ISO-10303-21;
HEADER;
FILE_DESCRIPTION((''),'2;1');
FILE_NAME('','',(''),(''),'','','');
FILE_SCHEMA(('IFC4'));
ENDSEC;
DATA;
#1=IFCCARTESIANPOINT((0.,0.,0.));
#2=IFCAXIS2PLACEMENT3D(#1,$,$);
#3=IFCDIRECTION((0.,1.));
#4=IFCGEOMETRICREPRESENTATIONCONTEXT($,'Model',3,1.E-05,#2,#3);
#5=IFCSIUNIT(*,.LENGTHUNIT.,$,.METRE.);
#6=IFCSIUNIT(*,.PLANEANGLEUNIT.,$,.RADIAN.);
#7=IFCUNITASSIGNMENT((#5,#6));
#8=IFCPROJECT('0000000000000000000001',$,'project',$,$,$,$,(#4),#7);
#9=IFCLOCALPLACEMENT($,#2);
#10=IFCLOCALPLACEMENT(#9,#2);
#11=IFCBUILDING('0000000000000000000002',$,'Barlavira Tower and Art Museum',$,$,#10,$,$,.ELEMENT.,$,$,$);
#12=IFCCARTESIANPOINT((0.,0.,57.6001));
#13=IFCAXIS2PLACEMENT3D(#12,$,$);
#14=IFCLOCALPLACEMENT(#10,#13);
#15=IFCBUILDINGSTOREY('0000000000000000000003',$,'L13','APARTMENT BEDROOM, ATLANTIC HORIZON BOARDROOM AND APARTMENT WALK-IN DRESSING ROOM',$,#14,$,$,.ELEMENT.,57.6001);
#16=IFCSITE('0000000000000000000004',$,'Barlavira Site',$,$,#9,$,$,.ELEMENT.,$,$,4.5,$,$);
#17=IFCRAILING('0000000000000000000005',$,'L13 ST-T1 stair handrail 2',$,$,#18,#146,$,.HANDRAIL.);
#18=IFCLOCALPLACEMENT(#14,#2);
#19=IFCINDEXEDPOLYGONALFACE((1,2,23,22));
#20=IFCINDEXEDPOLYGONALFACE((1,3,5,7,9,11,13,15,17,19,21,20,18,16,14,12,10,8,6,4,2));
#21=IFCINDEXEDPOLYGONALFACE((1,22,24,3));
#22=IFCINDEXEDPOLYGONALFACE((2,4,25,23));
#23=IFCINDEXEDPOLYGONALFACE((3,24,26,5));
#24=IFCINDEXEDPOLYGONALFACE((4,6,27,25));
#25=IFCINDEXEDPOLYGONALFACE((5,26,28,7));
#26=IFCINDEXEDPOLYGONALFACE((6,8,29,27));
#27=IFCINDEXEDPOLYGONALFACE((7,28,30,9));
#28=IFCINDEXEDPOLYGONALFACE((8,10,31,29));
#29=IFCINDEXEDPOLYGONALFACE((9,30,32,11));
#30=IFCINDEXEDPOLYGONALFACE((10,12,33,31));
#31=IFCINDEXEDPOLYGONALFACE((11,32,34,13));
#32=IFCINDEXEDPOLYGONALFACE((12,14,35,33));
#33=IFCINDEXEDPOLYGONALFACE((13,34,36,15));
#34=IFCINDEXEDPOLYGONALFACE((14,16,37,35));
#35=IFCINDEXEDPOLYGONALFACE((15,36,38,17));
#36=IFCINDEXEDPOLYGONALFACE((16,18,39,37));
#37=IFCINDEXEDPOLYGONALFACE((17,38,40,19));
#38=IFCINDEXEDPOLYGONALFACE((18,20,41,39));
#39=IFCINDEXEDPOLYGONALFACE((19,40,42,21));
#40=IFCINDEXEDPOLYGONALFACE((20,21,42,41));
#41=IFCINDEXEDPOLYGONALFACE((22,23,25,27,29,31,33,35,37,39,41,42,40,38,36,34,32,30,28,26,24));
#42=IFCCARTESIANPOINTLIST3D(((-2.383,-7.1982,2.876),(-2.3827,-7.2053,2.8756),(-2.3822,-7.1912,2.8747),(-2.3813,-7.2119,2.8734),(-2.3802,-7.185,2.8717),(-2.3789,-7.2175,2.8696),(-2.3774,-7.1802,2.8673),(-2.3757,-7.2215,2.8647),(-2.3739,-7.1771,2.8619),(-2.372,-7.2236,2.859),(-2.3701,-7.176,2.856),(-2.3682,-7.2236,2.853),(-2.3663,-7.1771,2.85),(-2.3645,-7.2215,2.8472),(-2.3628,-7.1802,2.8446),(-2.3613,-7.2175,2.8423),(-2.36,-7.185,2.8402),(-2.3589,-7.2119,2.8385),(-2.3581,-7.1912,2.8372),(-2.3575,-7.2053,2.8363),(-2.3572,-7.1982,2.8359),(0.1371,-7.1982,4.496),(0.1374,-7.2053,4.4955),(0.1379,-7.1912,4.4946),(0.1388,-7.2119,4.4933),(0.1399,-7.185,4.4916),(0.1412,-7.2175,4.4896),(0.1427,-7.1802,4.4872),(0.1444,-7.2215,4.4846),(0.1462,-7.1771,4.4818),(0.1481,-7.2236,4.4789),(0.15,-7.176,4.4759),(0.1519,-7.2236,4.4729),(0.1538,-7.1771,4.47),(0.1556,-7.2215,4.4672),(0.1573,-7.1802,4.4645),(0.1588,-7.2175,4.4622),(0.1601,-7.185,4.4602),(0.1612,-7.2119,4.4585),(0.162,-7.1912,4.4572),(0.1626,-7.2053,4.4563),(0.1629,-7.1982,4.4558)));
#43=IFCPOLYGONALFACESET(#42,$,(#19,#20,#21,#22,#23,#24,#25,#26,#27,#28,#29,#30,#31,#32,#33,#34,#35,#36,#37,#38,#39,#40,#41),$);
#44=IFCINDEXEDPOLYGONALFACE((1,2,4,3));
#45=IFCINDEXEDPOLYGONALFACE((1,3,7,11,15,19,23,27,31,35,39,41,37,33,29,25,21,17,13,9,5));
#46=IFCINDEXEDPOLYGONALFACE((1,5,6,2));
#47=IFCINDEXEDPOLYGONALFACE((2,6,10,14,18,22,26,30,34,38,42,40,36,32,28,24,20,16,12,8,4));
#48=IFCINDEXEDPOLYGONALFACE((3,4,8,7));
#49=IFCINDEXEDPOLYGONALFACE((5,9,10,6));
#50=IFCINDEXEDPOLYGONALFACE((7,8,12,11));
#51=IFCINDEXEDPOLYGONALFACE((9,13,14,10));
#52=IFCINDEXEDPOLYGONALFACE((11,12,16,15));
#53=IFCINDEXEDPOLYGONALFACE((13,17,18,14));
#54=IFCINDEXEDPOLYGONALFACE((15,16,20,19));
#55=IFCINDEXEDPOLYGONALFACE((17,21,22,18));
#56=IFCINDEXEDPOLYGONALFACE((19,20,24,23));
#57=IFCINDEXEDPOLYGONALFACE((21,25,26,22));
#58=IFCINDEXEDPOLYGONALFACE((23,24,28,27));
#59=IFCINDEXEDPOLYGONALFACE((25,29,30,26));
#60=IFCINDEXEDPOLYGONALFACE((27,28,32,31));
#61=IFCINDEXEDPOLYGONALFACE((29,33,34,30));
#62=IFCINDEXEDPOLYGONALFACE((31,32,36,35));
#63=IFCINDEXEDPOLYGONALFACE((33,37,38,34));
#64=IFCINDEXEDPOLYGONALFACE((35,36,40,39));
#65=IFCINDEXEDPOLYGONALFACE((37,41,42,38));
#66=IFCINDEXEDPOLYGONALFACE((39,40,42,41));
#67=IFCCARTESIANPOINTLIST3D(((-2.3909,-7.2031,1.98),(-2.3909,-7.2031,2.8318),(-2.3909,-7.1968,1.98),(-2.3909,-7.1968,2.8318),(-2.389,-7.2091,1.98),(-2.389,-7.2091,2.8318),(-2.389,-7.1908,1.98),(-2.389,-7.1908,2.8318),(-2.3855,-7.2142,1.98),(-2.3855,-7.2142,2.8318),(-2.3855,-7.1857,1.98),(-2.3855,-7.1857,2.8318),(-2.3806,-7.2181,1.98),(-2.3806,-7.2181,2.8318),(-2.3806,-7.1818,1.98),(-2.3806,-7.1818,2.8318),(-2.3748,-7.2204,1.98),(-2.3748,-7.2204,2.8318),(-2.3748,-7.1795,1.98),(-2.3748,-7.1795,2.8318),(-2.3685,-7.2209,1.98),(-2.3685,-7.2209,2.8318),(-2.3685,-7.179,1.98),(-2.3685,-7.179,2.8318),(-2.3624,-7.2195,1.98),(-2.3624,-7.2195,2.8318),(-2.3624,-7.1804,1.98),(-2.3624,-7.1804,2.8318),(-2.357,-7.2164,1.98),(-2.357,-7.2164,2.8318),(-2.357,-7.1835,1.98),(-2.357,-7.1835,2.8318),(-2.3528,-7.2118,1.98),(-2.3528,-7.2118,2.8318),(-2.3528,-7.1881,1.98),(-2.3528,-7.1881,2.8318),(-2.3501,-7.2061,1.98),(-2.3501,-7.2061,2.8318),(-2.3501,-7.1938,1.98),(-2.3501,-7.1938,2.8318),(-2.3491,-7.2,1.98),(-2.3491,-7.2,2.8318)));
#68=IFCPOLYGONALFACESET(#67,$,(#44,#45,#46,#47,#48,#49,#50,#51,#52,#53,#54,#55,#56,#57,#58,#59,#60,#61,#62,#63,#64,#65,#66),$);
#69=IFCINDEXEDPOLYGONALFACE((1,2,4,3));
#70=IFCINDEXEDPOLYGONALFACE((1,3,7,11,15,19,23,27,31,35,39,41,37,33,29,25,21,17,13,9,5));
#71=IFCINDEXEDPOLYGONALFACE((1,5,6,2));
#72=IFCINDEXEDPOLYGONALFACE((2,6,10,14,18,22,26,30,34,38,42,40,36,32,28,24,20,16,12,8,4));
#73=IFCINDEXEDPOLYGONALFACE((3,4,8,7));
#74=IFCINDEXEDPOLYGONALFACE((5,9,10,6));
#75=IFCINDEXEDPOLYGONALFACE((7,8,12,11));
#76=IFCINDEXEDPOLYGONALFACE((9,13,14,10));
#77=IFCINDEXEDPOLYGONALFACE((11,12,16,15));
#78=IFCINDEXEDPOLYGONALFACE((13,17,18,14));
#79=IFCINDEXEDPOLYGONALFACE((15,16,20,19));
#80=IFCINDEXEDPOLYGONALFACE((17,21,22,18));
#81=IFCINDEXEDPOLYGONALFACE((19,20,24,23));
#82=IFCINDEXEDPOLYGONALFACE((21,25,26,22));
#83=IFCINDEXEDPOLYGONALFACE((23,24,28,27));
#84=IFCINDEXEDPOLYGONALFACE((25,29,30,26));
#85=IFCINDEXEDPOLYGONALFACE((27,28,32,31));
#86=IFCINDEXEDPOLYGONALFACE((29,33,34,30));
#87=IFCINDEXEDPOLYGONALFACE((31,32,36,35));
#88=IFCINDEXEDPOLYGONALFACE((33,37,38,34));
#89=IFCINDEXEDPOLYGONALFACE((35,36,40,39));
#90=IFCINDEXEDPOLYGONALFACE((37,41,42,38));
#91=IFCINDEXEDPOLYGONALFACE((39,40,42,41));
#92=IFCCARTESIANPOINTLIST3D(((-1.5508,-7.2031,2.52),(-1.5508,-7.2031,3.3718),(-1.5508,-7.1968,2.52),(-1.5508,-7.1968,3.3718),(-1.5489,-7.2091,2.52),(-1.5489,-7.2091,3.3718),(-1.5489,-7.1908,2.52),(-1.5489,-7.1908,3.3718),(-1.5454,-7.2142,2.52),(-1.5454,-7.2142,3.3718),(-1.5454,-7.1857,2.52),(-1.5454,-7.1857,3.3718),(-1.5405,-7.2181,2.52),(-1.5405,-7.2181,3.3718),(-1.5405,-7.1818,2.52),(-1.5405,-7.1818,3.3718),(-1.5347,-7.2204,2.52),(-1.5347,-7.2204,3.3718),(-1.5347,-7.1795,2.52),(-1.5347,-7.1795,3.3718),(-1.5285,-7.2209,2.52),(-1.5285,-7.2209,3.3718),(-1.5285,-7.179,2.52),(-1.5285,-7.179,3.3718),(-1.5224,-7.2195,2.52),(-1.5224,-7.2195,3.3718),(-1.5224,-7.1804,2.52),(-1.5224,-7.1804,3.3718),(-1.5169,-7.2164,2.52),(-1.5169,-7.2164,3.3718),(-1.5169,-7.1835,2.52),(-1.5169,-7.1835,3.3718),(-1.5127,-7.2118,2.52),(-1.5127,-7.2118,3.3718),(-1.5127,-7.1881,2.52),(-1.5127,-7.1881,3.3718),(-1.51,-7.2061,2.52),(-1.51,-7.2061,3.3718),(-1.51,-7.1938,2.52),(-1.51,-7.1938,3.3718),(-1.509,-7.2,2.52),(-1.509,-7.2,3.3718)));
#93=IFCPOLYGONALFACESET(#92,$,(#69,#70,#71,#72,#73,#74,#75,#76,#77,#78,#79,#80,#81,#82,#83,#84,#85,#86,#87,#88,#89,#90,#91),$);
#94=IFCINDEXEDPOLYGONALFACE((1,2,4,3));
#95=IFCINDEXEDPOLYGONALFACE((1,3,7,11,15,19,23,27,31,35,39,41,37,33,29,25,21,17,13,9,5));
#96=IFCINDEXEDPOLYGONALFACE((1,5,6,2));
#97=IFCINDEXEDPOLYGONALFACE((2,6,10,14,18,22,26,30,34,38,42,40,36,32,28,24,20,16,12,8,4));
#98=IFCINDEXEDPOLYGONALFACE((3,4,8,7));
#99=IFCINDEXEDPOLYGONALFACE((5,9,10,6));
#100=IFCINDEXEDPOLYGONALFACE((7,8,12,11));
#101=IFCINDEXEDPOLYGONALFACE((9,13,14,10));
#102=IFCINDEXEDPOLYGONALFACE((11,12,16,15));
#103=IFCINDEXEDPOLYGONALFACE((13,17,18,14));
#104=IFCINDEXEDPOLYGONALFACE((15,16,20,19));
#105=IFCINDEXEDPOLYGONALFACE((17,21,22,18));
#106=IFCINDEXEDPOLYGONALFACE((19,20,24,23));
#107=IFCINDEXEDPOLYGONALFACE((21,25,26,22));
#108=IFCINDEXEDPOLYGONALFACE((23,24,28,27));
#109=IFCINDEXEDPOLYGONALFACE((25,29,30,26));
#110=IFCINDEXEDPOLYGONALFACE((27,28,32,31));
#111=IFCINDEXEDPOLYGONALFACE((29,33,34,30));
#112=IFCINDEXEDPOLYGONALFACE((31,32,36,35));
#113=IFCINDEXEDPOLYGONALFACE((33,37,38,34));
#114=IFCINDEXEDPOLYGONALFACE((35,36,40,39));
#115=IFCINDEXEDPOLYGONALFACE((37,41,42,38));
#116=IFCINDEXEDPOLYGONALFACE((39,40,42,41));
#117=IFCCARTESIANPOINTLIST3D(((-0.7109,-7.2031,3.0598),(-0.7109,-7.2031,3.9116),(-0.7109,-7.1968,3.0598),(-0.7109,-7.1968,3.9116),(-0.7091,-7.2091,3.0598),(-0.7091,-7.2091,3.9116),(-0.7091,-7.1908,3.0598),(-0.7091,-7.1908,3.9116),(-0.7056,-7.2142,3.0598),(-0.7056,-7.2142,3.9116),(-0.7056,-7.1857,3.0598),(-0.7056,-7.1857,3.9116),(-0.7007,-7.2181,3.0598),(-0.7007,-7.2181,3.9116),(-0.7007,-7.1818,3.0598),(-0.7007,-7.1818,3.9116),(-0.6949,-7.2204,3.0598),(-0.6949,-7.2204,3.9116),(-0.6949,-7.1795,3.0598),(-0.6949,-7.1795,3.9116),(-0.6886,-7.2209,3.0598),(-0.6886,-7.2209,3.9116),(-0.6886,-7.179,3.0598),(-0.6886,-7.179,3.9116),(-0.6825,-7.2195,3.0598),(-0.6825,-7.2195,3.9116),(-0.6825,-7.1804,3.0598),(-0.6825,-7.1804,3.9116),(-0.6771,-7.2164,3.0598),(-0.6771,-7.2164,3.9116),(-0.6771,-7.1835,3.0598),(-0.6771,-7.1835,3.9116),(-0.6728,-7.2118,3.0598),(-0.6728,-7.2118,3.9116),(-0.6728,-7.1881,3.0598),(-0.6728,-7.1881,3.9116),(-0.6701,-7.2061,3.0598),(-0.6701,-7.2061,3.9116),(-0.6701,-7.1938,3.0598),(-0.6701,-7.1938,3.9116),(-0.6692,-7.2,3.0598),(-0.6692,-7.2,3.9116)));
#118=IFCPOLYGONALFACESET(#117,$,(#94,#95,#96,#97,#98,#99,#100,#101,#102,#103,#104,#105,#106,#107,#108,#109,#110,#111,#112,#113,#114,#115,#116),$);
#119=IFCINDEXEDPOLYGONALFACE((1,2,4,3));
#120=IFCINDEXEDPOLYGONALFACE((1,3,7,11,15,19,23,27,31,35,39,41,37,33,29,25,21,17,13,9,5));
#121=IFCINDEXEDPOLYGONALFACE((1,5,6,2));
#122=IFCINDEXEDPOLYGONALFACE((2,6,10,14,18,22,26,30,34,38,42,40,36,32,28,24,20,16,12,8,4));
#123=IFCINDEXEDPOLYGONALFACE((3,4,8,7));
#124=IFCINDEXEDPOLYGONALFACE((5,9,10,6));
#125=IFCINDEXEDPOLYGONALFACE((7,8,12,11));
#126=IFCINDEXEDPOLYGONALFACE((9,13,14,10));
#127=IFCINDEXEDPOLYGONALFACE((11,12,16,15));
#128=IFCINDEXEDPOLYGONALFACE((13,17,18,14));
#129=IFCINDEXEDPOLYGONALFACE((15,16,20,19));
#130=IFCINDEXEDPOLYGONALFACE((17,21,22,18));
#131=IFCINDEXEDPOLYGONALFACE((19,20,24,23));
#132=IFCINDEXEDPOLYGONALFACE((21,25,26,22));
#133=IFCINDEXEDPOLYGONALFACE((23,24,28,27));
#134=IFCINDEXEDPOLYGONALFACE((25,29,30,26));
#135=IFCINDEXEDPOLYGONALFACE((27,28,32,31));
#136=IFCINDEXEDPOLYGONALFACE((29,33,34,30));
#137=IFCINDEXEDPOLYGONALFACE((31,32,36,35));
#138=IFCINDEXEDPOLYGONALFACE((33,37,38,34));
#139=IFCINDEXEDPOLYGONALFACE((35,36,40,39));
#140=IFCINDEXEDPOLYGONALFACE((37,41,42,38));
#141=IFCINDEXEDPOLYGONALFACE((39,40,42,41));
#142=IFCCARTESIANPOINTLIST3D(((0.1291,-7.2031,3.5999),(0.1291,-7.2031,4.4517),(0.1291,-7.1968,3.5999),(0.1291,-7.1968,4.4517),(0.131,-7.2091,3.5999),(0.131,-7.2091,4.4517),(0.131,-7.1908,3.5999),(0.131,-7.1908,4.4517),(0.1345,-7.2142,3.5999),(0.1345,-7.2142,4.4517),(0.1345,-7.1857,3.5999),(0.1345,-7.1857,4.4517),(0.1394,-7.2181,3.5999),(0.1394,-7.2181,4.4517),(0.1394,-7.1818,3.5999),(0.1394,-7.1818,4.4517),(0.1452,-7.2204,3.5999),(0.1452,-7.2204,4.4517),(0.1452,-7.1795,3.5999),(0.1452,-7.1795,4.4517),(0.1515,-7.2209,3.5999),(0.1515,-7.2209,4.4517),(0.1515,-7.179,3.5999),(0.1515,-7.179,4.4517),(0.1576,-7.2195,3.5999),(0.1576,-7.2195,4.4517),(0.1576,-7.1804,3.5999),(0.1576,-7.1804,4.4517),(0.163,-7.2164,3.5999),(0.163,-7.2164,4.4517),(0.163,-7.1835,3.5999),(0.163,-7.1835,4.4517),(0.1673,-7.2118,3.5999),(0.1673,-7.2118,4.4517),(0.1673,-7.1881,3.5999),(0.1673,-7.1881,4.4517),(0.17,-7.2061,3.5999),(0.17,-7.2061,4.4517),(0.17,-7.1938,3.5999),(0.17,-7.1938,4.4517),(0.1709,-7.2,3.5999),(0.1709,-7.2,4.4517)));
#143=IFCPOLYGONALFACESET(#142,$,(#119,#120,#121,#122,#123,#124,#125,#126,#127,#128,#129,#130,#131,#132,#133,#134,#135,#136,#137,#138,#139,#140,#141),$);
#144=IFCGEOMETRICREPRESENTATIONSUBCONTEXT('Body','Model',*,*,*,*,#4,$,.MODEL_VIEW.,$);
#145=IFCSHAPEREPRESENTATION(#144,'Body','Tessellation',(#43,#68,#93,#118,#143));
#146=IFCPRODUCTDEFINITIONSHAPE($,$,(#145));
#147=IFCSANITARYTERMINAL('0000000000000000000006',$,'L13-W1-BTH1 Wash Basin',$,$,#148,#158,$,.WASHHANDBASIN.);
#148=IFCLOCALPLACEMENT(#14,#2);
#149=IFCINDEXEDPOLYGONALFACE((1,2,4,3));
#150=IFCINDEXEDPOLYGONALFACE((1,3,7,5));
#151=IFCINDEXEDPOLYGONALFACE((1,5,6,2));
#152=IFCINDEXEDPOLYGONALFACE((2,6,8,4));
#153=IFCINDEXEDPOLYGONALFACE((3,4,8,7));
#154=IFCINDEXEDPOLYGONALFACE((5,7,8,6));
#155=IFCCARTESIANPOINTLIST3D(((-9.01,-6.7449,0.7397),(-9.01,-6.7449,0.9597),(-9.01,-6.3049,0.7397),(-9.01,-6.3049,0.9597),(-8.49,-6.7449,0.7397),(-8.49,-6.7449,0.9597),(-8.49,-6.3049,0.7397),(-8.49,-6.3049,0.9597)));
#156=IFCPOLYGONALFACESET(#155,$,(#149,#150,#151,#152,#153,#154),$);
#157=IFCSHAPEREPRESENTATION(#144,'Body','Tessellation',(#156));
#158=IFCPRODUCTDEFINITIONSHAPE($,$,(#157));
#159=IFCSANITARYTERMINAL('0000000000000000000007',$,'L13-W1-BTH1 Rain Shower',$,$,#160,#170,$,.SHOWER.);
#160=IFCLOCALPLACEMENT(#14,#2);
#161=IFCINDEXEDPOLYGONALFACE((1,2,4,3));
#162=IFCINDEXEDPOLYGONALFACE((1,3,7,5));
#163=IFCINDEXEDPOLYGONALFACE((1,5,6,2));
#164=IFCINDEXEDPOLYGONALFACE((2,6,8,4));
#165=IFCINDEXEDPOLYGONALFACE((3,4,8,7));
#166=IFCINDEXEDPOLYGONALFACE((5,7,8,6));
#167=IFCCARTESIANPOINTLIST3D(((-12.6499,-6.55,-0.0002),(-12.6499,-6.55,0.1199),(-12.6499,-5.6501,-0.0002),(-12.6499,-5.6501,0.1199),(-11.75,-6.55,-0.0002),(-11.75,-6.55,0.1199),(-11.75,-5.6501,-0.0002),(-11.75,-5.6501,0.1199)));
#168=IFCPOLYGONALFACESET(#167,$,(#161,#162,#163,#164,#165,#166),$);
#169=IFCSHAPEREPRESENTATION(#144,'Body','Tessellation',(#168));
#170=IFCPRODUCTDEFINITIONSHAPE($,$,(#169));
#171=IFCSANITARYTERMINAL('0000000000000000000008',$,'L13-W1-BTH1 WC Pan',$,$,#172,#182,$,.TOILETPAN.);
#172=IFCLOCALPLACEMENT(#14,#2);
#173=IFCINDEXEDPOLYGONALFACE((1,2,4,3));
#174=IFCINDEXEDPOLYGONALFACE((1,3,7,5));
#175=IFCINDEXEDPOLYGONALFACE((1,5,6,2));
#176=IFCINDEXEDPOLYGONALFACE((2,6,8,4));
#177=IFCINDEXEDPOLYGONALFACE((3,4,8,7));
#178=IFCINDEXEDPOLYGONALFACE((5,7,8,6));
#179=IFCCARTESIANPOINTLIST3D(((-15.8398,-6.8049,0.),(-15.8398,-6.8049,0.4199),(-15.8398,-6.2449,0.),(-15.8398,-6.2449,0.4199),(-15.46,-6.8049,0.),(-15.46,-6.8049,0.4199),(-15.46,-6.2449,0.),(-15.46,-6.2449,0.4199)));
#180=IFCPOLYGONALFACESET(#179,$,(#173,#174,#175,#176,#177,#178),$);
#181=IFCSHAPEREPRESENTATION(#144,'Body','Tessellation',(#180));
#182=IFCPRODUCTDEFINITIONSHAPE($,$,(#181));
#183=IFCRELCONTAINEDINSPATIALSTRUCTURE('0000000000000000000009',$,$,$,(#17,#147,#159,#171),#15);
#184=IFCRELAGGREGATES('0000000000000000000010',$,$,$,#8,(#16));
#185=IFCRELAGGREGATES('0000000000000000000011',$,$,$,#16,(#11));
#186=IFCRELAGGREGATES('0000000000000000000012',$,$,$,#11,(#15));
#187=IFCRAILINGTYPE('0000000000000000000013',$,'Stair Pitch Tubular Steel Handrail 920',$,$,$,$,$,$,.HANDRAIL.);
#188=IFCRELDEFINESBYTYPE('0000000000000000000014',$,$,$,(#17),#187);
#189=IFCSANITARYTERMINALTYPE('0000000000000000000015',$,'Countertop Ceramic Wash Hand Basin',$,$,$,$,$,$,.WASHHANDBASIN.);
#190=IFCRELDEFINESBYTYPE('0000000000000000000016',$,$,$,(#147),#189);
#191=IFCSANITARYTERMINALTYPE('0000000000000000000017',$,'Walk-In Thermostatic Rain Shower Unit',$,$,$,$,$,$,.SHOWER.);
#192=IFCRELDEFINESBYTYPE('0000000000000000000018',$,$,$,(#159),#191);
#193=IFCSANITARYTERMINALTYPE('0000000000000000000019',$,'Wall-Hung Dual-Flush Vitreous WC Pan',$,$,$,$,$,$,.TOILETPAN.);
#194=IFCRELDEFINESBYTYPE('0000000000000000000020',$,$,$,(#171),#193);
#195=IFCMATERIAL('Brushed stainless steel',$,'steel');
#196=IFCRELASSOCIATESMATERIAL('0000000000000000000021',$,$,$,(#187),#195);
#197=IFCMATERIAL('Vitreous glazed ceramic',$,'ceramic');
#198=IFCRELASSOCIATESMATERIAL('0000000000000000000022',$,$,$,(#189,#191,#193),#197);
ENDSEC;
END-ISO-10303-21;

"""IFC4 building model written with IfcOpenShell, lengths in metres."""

from ifc_helpers import new_model, si_unit, direction, frame, origin, origin_2d, place, context, subcontext, project, spatial, rectangle, circle, extrude, material, type_object, element, save


model = new_model("IFC4")

# Units and contexts
model_context = context("Model", 3, precision=1e-05, world=origin(), true_north=direction((0.0, 1.0)))
body_context = subcontext(model_context, "Body", "Model", "MODEL_VIEW")
ifc_project = project(units=[si_unit("LENGTHUNIT", "METRE"), si_unit("PLANEANGLEUNIT", "RADIAN")], contexts=[model_context])

# Site, building, storey
site_placement = place(None, origin())
site = spatial("IfcSite", under=ifc_project, at=site_placement, Name="Barlavira Site", CompositionType="ELEMENT", RefElevation=4.5)
building_placement = place(site_placement, origin())
building = spatial("IfcBuilding", under=site, at=building_placement, Name="Barlavira Tower and Art Museum", CompositionType="ELEMENT")
storey_placement = place(building_placement, frame((0.0, 0.0, 57.6001)))
storey = spatial("IfcBuildingStorey", under=building, at=storey_placement, Name="L13", Description="APARTMENT BEDROOM, ATLANTIC HORIZON BOARDROOM AND APARTMENT WALK-IN DRESSING ROOM", CompositionType="ELEMENT", Elevation=57.6001)

# Shared definitions
ifc_material_1 = material(Name="Brushed stainless steel", Category="steel")

# Railing
railing_type_1 = type_object("IfcRailingType", Name="Stair Pitch Tubular Steel Handrail 920", PredefinedType="HANDRAIL", material=ifc_material_1)
railing_1_placement = place(storey_placement, frame((-2.3701, -7.2, 1.98)))
element("IfcRailing", 1, at=railing_1_placement, inside=storey, type_object=railing_type_1, Name="L13 ST-T1 stair handrail 2", PredefinedType="HANDRAIL", context=body_context, shape_type="SweptSolid", body=[
    extrude(circle(Radius=0.0239, at=origin_2d()), frame((0.0, 0.0, 0.876), z_axis=(0.8412, 0.0, 0.540725), x_axis=(0.0, 1.0, 0.0)), (0.0, 0.0, 1.0), 2.9958),
    extrude(circle(Radius=0.021, at=origin_2d()), origin(), (0.0, 0.0, 1.0), 0.8518),
    extrude(circle(Radius=0.021, at=origin_2d()), frame((0.8401, 0.0, 0.54)), (0.0, 0.0, 1.0), 0.8518),
    extrude(circle(Radius=0.021, at=origin_2d()), frame((1.6799, 0.0, 1.0798)), (0.0, 0.0, 1.0), 0.8518),
    extrude(circle(Radius=0.021, at=origin_2d()), frame((2.52, 0.0, 1.6199)), (0.0, 0.0, 1.0), 0.8518),
])

# Sanitary terminals
ifc_material_2 = material(Name="Vitreous glazed ceramic", Category="ceramic")
sanitary_terminal_type_1 = type_object("IfcSanitaryTerminalType", Name="Countertop Ceramic Wash Hand Basin", PredefinedType="WASHHANDBASIN", material=ifc_material_2)
sanitary_terminal_1_placement = place(storey_placement, frame((-8.75, -6.5249, 0.7397), z_axis=(0.0, 0.0, 1.0), x_axis=(1.0, 0.0, 0.0)))
element("IfcSanitaryTerminal", 2, at=sanitary_terminal_1_placement, inside=storey, type_object=sanitary_terminal_type_1, Name="L13-W1-BTH1 Wash Basin", PredefinedType="WASHHANDBASIN", context=body_context, shape_type="SweptSolid", body=[
    extrude(rectangle(XDim=0.52, YDim=0.4399, at=origin_2d()), origin(), (0.0, 0.0, 1.0), 0.22),
])
sanitary_terminal_type_2 = type_object("IfcSanitaryTerminalType", Name="Walk-In Thermostatic Rain Shower Unit", PredefinedType="SHOWER", material=ifc_material_2)
sanitary_terminal_2_placement = place(storey_placement, frame((-12.2, -6.1001, -0.0002), z_axis=(0.0, 0.0, 1.0), x_axis=(1.0, 0.0, 0.0)))
element("IfcSanitaryTerminal", 3, at=sanitary_terminal_2_placement, inside=storey, type_object=sanitary_terminal_type_2, Name="L13-W1-BTH1 Rain Shower", PredefinedType="SHOWER", context=body_context, shape_type="SweptSolid", body=[
    extrude(rectangle(XDim=0.8999, YDim=0.8999, at=origin_2d()), origin(), (0.0, 0.0, 1.0), 0.1201),
])
sanitary_terminal_type_3 = type_object("IfcSanitaryTerminalType", Name="Wall-Hung Dual-Flush Vitreous WC Pan", PredefinedType="TOILETPAN", material=ifc_material_2)
sanitary_terminal_3_placement = place(storey_placement, frame((-15.6499, -6.5249, 0.0), z_axis=(0.0, 0.0, 1.0), x_axis=(1.0, 0.0, 0.0)))
element("IfcSanitaryTerminal", 4, at=sanitary_terminal_3_placement, inside=storey, type_object=sanitary_terminal_type_3, Name="L13-W1-BTH1 WC Pan", PredefinedType="TOILETPAN", context=body_context, shape_type="SweptSolid", body=[
    extrude(rectangle(XDim=0.3799, YDim=0.5601, at=origin_2d()), origin(), (0.0, 0.0, 1.0), 0.4199),
])

save(model, "model.ifc")
